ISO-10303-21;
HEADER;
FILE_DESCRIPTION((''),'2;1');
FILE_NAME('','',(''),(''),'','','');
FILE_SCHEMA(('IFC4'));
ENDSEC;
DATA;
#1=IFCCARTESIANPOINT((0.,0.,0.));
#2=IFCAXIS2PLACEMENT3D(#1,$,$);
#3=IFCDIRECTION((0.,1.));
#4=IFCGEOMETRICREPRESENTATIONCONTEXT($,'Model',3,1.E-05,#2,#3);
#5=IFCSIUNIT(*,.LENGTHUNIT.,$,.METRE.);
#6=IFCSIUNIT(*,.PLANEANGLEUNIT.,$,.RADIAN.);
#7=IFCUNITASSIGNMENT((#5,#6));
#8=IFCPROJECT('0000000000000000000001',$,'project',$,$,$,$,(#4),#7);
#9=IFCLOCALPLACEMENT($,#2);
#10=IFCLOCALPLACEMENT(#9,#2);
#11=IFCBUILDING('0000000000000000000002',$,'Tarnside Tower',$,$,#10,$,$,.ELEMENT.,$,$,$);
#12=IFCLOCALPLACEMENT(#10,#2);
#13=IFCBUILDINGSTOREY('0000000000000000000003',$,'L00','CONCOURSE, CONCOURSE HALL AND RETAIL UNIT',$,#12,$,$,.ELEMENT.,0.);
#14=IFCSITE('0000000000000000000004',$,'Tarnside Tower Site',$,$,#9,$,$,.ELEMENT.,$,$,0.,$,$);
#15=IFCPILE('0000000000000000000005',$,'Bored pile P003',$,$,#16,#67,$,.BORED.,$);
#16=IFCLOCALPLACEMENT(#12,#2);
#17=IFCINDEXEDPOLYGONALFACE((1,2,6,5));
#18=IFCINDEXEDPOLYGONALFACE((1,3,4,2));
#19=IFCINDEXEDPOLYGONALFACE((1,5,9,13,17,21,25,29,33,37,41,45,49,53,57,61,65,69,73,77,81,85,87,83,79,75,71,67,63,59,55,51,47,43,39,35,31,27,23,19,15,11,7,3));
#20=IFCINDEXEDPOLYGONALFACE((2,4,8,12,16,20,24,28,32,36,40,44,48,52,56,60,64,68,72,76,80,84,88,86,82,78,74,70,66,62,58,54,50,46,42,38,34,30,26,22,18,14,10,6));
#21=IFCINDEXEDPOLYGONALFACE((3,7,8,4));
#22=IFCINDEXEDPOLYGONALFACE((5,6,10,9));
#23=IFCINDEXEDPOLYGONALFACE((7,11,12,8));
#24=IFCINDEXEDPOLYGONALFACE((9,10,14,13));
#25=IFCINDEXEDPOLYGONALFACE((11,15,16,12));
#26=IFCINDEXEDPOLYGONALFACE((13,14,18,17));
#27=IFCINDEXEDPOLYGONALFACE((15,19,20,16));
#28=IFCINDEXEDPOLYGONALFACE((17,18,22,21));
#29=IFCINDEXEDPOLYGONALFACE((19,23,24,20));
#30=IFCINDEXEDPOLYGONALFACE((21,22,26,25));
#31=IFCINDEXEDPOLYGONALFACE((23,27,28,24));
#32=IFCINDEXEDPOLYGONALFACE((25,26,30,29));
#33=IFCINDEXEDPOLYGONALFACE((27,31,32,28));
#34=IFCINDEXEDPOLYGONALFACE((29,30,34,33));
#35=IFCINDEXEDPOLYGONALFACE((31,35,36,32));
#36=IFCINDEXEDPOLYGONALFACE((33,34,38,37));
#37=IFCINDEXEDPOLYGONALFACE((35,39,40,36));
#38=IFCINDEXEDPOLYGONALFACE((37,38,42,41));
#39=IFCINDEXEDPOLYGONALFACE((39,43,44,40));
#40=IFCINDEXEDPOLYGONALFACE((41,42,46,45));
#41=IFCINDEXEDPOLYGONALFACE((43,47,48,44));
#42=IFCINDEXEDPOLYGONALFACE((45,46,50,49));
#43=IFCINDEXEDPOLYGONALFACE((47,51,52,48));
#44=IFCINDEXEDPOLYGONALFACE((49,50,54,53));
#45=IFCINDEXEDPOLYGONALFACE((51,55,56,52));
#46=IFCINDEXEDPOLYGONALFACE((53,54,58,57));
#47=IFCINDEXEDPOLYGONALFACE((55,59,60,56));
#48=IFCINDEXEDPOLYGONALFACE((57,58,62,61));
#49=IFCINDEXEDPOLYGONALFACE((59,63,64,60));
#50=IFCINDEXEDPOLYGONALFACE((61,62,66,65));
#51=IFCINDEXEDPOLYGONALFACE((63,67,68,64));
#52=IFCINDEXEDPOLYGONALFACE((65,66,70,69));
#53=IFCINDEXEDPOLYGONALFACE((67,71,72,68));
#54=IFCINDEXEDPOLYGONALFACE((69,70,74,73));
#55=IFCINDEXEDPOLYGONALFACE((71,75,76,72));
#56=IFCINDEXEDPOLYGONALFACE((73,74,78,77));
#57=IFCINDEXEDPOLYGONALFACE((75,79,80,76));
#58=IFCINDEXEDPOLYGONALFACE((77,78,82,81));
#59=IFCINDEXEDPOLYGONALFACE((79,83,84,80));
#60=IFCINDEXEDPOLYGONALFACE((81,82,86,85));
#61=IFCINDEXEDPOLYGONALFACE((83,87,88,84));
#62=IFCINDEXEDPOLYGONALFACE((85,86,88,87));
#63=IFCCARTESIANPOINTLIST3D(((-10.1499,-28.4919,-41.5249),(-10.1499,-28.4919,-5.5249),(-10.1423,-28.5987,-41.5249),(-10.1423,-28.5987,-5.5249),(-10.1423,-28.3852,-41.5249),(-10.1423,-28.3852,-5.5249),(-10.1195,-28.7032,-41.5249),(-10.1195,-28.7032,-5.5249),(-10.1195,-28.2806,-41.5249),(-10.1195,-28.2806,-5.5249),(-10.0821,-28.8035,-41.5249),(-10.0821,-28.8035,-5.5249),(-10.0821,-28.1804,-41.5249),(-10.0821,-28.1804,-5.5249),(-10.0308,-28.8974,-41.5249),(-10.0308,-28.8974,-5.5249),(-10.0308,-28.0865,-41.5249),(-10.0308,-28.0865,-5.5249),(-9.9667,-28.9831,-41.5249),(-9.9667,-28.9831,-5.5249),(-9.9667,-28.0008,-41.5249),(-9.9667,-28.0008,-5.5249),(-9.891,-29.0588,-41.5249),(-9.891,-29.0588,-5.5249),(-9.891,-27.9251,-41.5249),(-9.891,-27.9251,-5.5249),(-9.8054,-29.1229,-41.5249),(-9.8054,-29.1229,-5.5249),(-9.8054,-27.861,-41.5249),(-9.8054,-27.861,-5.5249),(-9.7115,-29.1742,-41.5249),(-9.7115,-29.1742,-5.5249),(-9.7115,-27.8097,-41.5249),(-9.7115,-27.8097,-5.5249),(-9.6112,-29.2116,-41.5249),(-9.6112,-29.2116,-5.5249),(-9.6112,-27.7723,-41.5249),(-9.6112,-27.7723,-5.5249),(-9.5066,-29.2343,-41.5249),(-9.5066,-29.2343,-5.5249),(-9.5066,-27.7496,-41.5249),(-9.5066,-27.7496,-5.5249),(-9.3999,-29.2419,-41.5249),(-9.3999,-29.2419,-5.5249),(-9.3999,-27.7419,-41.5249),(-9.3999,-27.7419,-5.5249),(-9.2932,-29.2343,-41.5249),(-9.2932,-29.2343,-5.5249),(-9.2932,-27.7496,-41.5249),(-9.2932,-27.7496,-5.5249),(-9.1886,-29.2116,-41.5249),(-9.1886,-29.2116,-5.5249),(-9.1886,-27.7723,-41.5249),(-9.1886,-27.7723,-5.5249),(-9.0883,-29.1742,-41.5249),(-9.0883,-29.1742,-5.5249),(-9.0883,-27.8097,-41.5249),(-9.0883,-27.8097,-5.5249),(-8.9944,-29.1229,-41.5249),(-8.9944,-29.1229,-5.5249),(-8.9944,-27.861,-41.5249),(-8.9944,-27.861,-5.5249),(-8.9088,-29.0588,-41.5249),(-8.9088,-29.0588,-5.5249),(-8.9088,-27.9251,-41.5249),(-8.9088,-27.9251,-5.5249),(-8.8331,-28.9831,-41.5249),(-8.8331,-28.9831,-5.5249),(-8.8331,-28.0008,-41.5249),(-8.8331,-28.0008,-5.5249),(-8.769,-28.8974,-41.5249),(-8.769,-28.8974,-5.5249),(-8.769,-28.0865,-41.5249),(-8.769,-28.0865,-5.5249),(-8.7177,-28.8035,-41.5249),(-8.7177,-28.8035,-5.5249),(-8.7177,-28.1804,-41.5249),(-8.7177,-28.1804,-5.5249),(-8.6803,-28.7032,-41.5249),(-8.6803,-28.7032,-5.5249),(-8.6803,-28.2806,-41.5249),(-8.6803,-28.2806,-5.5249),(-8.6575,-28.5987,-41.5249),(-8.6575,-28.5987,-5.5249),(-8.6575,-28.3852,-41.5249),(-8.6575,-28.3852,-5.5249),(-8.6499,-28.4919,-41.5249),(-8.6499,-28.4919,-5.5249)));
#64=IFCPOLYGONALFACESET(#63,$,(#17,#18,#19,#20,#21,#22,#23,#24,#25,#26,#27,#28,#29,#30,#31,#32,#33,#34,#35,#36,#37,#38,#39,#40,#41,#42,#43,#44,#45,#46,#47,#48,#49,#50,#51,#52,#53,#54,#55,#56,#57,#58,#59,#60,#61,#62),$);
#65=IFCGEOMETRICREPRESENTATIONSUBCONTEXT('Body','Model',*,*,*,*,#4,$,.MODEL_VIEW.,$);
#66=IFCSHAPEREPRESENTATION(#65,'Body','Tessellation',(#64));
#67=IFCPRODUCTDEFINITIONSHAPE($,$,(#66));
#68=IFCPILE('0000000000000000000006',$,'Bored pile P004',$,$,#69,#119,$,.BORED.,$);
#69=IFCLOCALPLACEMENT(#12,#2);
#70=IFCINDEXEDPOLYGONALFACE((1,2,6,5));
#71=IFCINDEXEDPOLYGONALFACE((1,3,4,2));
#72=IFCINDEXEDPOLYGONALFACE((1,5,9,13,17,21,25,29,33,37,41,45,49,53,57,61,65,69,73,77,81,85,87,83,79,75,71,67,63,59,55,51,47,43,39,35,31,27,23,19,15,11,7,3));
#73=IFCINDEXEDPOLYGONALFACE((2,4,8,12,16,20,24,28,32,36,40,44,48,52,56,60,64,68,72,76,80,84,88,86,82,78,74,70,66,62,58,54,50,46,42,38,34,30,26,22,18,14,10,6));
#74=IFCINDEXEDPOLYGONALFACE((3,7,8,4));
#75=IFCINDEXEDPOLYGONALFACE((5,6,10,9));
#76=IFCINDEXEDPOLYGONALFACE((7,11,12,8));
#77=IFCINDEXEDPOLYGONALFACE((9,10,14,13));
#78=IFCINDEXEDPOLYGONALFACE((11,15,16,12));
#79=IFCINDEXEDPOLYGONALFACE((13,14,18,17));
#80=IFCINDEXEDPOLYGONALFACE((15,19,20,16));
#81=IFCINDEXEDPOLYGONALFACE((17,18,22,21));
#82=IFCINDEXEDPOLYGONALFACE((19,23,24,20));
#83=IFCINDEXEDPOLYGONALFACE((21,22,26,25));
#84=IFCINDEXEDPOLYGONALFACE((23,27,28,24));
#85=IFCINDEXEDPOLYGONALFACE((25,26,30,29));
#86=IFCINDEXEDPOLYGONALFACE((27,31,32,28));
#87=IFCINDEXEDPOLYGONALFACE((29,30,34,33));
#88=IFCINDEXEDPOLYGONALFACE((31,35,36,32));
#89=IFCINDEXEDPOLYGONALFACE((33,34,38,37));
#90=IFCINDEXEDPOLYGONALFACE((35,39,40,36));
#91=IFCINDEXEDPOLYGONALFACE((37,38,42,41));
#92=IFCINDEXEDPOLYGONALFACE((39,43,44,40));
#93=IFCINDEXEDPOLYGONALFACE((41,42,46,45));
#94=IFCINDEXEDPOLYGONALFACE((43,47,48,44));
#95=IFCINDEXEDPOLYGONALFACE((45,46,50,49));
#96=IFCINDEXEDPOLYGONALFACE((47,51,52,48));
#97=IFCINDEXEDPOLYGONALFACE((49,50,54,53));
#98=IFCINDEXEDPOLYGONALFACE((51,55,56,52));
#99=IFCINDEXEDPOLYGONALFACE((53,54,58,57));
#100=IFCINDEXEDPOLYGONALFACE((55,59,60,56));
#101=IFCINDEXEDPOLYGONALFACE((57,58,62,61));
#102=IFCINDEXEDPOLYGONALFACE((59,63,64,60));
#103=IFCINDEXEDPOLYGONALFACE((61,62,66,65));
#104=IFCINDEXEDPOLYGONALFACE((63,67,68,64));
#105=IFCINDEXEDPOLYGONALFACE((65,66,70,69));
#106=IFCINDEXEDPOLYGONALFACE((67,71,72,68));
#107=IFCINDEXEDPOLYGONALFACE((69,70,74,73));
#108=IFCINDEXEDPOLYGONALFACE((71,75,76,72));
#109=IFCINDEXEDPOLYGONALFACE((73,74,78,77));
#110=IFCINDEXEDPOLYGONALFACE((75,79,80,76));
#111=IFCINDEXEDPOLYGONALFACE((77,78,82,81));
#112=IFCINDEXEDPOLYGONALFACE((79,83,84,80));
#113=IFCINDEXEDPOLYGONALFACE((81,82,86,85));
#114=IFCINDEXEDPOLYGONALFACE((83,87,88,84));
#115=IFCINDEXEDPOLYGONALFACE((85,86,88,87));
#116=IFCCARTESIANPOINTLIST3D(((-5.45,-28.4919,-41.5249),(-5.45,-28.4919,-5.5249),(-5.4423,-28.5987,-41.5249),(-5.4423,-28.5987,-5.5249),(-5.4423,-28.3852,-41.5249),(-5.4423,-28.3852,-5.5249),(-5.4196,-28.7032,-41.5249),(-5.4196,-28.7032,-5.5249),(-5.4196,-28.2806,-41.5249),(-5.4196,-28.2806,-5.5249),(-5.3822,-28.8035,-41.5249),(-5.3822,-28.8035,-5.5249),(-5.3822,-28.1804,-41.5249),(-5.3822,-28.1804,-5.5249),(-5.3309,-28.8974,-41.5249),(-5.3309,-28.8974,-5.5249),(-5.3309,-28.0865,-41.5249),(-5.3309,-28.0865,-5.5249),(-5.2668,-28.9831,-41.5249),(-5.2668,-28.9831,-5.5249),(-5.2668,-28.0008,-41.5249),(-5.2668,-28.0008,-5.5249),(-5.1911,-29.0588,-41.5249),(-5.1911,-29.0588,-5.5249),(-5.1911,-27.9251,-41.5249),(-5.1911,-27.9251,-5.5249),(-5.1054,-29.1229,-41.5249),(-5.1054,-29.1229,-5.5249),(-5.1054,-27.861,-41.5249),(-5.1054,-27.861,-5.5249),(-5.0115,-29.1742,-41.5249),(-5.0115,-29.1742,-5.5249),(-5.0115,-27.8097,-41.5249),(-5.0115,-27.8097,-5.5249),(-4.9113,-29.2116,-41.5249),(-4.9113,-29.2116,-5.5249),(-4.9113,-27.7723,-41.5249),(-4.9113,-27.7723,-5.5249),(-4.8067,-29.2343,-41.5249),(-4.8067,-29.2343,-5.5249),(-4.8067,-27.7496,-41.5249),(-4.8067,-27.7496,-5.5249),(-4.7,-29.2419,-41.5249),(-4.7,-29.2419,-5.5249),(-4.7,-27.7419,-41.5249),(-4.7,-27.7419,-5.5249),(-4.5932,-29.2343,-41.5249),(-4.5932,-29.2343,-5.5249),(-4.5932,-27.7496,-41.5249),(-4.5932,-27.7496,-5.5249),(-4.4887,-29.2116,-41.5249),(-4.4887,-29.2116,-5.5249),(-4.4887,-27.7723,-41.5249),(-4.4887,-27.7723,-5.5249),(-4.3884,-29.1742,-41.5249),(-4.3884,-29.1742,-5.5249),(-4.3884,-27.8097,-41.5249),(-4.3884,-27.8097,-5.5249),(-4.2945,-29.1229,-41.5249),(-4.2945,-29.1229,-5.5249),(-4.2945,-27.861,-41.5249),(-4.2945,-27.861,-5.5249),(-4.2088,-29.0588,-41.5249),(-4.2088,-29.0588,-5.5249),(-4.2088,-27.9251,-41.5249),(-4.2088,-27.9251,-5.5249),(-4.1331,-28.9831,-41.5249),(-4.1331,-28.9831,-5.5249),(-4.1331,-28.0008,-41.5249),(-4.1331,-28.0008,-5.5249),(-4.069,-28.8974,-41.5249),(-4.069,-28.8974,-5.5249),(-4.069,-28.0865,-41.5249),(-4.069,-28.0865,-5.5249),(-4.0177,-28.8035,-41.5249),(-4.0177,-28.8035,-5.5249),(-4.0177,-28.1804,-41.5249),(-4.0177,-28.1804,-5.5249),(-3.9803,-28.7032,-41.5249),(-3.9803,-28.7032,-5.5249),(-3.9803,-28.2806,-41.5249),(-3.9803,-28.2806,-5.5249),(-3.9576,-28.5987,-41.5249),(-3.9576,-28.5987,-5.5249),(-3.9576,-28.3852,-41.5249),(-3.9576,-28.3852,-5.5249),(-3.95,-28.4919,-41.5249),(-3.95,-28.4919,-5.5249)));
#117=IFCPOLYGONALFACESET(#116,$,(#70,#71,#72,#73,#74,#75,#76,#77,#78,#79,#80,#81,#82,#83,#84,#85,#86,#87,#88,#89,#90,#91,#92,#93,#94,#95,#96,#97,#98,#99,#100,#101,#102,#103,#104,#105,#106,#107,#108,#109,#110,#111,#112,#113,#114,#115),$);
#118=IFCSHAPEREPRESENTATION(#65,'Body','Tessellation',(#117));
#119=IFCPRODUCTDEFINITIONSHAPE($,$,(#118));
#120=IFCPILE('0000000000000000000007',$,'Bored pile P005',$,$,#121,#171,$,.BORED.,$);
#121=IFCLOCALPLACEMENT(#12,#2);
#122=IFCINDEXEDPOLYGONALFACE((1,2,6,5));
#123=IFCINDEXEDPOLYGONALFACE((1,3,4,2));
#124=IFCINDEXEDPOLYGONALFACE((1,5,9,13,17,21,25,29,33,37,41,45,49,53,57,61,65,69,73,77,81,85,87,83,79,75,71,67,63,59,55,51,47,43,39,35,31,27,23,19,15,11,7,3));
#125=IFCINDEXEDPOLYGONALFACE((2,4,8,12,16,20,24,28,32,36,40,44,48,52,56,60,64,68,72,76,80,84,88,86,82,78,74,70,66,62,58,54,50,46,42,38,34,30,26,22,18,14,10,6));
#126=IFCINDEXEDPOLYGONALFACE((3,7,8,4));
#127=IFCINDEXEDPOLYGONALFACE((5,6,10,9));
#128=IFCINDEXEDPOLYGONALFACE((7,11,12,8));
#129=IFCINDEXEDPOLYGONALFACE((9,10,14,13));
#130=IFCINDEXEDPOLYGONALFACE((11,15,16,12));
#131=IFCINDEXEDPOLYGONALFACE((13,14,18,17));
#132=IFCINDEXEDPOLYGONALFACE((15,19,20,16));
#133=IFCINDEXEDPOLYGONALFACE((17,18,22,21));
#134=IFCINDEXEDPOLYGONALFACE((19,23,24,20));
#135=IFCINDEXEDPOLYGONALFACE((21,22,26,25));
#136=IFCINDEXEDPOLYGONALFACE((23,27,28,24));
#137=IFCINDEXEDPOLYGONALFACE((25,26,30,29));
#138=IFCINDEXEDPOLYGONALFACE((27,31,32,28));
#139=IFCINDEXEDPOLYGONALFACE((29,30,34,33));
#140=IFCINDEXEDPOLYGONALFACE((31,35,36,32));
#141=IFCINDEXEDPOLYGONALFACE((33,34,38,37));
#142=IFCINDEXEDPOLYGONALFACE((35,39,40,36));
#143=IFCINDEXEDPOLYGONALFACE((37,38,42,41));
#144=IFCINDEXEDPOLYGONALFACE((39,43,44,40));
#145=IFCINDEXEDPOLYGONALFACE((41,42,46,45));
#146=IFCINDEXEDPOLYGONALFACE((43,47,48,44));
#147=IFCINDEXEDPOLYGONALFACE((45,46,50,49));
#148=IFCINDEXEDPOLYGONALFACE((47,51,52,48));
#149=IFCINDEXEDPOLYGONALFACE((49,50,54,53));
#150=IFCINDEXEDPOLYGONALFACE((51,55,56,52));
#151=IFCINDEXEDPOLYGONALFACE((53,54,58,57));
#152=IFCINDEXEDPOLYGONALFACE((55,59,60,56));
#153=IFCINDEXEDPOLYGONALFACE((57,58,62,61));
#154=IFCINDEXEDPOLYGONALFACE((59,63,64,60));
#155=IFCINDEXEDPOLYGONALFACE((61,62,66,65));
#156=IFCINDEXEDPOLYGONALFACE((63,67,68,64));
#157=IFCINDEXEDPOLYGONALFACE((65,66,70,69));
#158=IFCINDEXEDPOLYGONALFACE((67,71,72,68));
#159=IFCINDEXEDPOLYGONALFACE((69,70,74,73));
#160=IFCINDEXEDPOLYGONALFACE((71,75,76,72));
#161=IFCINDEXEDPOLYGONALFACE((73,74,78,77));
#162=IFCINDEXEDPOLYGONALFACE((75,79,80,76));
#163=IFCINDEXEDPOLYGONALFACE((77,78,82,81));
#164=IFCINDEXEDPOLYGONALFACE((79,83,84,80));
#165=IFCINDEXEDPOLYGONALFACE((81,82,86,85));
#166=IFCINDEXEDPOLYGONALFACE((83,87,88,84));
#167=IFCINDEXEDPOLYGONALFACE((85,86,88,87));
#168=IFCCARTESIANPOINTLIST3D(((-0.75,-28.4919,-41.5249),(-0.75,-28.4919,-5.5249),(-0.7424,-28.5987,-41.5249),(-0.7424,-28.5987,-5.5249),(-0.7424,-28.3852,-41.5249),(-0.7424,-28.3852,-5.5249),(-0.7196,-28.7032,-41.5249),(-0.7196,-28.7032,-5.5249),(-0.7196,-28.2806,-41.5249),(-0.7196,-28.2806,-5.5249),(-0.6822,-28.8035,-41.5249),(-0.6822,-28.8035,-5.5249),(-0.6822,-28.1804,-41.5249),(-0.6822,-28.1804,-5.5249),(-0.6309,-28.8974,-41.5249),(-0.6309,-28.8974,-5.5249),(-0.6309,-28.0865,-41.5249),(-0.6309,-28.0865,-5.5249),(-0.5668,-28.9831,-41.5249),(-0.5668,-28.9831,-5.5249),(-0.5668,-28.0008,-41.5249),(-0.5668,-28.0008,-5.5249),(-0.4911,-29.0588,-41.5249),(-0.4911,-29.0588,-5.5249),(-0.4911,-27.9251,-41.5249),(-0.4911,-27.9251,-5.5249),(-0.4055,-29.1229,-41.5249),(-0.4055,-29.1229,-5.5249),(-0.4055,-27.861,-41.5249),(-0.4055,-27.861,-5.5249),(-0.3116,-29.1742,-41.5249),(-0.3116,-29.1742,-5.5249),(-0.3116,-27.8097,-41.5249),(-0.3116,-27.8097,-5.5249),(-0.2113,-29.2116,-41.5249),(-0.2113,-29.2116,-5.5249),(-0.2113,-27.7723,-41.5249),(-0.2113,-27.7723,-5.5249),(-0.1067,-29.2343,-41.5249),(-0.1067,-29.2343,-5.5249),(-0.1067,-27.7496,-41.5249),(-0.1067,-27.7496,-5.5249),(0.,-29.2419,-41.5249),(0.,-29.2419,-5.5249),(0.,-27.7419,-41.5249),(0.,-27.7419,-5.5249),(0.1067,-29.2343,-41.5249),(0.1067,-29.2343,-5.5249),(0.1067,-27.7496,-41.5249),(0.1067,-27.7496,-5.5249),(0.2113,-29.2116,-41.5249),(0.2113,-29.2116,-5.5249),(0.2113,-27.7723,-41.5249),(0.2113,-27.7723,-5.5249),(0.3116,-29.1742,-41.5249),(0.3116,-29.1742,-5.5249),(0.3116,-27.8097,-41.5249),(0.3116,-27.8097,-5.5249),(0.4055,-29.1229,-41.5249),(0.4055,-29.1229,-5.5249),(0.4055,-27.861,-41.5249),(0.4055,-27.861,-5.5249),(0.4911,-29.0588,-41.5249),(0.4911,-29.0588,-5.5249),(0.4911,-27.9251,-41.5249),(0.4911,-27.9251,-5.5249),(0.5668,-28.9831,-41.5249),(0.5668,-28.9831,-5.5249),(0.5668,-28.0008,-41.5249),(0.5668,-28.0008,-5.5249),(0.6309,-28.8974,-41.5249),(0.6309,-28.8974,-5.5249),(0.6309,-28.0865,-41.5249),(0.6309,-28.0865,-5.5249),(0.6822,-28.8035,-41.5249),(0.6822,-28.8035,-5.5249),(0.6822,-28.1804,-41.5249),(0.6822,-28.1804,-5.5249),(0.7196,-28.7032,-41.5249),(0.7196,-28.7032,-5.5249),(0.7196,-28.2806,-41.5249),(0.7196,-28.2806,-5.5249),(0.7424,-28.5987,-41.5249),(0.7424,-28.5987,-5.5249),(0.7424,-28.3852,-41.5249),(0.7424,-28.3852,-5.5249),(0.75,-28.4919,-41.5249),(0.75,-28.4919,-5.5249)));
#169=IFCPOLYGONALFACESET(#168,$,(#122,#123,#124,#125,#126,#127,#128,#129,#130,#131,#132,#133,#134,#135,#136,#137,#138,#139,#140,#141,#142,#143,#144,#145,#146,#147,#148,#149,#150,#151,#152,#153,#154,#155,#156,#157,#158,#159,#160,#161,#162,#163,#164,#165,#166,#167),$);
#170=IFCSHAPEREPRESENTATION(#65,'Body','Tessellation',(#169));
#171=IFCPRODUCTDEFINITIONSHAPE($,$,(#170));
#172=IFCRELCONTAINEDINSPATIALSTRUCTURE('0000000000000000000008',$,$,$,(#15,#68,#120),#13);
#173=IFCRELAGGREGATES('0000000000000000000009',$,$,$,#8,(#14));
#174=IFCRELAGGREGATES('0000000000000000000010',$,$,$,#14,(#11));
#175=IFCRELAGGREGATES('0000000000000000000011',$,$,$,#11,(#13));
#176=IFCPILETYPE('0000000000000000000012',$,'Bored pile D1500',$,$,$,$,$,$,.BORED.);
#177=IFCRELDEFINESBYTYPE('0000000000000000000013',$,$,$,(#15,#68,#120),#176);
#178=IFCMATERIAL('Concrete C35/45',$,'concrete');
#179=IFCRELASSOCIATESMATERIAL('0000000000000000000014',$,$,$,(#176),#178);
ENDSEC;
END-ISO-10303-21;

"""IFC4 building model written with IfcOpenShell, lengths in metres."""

from ifc_helpers import new_model, si_unit, direction, frame, origin, origin_2d, place, context, subcontext, project, spatial, circle, extrude, material, material_profile, profile_set, type_object, element, save


model = new_model("IFC4")

# Units and contexts
model_context = context("Model", 3, precision=1e-05, world=origin(), true_north=direction((0.0, 1.0)))
body_context = subcontext(model_context, "Body", "Model", "MODEL_VIEW")
ifc_project = project(units=[si_unit("LENGTHUNIT", "METRE"), si_unit("PLANEANGLEUNIT", "RADIAN")], contexts=[model_context])

# Site, building, storey
site_placement = place(None, origin())
site = spatial("IfcSite", under=ifc_project, at=site_placement, Name="Tarnside Tower Site", CompositionType="ELEMENT", RefElevation=0.0)
building_placement = place(site_placement, origin())
building = spatial("IfcBuilding", under=site, at=building_placement, Name="Tarnside Tower", CompositionType="ELEMENT")
storey_placement = place(building_placement, origin())
storey = spatial("IfcBuildingStorey", under=building, at=storey_placement, Name="L00", Description="CONCOURSE, CONCOURSE HALL AND RETAIL UNIT", CompositionType="ELEMENT", Elevation=0.0)

# Piles
ifc_material_1 = material(Name="Concrete C35/45", Category="concrete")
ifc_material_profile_1 = material_profile(ifc_material_1, circle(Radius=0.75, at=origin_2d()), Name="Bored pile D1500")
ifc_profile_set_1 = profile_set([ifc_material_profile_1], Name="Concrete C35/45")
pile_type = type_object("IfcPileType", Name="Bored pile D1500", PredefinedType="BORED", material=ifc_profile_set_1)
for number, where, z_axis, x_axis, name in (
    (1, (-9.3999, -28.4919, -5.5249), (0.0, 0.0, -1.0), (1.0, 0.0, 0.0), "Bored pile P003"),
    (2, (-4.7, -28.4919, -5.5249), (0.0, 0.0, -1.0), (1.0, 0.0, 0.0), "Bored pile P004"),
    (3, (0.0, -28.4919, -5.5249), (0.0, 0.0, -1.0), (1.0, 0.0, 0.0), "Bored pile P005"),
):
    element("IfcPile", number, at=place(storey_placement, frame(where, z_axis=z_axis, x_axis=x_axis)), inside=storey, type_object=pile_type, Name=name, PredefinedType="BORED", context=body_context, shape_type="SweptSolid", body=[
        extrude(circle(Radius=0.75, at=origin_2d()), origin(), (0.0, 0.0, 1.0), 36.0),
    ])

save(model, "model.ifc")
